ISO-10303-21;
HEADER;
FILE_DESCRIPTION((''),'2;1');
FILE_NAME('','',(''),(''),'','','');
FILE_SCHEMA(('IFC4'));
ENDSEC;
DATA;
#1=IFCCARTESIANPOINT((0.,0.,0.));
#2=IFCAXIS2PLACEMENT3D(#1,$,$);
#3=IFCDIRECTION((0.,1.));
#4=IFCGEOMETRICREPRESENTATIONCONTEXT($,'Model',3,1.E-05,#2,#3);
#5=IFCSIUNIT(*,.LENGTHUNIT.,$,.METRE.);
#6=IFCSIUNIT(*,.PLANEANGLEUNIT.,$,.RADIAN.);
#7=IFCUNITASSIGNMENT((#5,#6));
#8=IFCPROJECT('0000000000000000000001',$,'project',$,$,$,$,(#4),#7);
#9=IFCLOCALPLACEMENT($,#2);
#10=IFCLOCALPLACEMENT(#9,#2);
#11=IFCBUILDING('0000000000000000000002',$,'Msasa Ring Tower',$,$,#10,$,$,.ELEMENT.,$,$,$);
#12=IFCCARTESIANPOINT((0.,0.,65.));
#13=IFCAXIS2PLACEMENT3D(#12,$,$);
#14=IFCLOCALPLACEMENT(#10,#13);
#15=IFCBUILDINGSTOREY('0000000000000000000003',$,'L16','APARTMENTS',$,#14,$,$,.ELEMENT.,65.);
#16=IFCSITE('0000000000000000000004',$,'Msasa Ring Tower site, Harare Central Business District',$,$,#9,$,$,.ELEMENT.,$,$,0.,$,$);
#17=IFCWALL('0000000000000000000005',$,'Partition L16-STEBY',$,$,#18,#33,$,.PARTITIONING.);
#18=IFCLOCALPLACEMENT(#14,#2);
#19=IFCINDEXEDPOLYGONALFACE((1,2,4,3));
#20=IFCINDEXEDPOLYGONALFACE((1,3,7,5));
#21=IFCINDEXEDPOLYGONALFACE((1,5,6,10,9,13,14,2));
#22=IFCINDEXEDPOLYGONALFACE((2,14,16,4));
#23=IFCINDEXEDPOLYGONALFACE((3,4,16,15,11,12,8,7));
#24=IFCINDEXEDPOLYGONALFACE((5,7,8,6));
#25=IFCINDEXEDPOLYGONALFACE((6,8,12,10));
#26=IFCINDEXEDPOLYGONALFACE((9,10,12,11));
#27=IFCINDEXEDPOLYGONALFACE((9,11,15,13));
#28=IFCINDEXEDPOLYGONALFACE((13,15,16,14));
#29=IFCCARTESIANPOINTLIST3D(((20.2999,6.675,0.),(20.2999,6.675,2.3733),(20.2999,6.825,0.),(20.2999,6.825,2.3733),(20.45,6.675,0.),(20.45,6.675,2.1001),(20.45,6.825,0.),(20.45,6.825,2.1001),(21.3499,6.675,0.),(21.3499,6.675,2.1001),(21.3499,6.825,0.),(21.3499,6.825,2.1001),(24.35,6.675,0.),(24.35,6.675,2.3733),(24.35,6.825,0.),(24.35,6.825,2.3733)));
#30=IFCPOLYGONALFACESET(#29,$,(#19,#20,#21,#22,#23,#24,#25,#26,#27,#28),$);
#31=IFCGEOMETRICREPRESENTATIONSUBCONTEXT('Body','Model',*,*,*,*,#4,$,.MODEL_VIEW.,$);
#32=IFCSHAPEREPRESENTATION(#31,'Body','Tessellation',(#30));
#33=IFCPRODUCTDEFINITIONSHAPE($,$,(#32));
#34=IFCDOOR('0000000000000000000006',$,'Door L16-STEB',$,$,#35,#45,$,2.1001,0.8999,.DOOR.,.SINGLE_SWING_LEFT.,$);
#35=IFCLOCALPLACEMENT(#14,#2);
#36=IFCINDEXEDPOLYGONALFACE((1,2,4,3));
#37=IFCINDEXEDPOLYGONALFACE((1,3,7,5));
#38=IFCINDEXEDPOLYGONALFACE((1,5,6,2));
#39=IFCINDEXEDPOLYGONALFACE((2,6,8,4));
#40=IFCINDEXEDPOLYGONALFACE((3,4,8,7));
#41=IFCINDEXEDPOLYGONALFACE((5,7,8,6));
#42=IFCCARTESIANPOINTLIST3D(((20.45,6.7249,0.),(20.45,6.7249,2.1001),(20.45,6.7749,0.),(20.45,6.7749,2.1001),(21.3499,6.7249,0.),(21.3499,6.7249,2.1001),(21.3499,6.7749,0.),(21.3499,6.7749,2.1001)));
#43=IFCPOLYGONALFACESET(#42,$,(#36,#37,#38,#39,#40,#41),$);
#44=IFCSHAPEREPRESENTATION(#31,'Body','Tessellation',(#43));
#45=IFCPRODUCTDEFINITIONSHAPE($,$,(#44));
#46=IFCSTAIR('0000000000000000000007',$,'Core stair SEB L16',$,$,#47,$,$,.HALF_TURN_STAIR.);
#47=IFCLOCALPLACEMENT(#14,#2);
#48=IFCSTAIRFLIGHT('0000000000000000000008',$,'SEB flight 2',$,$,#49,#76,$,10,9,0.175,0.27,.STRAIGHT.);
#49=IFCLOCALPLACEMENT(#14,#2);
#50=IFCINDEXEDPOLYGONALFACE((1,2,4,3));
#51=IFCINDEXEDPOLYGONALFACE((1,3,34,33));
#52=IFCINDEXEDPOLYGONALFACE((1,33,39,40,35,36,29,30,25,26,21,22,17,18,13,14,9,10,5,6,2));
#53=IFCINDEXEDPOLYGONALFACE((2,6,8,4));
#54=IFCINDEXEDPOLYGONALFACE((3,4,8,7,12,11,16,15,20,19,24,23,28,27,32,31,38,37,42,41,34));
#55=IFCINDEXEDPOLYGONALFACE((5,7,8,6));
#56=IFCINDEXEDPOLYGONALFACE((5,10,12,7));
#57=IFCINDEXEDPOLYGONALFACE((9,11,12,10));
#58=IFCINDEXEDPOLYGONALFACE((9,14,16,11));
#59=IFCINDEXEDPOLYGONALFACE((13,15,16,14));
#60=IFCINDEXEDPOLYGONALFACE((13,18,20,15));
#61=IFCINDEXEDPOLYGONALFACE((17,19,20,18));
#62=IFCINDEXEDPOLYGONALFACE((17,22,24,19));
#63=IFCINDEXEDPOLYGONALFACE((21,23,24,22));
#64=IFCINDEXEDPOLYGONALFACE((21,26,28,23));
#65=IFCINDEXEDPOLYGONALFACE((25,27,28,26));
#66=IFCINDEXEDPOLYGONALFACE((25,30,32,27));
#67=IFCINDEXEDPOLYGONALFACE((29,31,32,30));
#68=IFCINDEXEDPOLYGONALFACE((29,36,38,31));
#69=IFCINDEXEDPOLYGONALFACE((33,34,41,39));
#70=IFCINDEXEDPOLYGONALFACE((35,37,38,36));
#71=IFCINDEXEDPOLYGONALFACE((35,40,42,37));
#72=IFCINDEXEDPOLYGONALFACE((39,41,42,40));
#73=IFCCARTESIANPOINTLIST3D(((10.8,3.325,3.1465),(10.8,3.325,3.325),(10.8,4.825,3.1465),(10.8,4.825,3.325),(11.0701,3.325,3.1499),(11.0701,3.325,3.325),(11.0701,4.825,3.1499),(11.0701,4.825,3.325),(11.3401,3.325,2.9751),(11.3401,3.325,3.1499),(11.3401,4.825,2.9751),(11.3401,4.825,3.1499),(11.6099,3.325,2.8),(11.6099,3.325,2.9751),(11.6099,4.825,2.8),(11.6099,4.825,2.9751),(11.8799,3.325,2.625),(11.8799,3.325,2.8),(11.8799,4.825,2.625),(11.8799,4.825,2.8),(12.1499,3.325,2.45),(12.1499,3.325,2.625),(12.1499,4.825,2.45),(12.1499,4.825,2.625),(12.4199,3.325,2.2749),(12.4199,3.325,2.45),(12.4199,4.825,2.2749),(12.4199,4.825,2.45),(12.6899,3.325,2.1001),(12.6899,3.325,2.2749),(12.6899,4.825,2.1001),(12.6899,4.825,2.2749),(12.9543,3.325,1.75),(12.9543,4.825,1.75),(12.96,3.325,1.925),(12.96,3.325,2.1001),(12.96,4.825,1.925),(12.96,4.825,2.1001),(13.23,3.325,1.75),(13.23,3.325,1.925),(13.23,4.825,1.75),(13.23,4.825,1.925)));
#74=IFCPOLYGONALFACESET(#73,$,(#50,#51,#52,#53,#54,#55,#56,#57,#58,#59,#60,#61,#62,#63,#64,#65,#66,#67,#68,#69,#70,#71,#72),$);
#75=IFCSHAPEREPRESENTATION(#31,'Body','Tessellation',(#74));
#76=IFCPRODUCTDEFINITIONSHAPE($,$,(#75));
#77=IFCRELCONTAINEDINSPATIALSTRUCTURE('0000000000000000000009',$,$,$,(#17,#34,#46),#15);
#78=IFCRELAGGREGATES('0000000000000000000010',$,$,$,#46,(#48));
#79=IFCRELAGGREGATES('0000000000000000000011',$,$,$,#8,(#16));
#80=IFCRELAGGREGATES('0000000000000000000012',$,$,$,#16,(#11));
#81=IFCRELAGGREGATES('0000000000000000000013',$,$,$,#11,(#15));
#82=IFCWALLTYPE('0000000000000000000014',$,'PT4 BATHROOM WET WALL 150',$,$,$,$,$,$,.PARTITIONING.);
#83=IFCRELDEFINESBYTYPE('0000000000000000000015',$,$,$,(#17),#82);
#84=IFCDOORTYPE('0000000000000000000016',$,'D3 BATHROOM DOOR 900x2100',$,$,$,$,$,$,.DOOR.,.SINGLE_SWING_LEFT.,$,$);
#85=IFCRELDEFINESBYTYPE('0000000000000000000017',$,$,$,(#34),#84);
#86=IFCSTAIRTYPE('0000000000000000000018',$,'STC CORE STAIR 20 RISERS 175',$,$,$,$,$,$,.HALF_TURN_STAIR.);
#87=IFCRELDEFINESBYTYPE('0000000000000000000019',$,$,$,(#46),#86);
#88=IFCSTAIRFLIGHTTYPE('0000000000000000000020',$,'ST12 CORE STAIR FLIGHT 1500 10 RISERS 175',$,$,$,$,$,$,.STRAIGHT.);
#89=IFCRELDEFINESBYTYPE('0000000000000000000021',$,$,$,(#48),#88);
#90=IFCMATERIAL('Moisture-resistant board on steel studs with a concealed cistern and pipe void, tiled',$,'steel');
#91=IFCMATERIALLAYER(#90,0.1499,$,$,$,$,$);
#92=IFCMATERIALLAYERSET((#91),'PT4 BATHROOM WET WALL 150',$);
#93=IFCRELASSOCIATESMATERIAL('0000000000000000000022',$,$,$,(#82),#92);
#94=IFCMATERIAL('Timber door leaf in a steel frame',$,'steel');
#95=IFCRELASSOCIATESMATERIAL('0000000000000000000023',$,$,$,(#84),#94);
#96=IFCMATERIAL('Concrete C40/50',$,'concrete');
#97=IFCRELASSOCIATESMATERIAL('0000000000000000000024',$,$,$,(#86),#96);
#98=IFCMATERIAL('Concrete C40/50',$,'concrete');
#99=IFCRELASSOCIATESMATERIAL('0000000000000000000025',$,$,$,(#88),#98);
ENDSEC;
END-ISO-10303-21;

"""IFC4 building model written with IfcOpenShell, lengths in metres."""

from ifc_helpers import new_model, si_unit, direction, frame, frame_2d, origin, place, context, subcontext, project, spatial, polyline, rectangle, outline, extrude, material, layer, layer_set, type_object, element, fill, aggregate, save


model = new_model("IFC4")

# Units and contexts
model_context = context("Model", 3, precision=1e-05, world=origin(), true_north=direction((0.0, 1.0)))
body_context = subcontext(model_context, "Body", "Model", "MODEL_VIEW")
ifc_project = project(units=[si_unit("LENGTHUNIT", "METRE"), si_unit("PLANEANGLEUNIT", "RADIAN")], contexts=[model_context])

# Site, building, storey
site_placement = place(None, origin())
site = spatial("IfcSite", under=ifc_project, at=site_placement, Name="Msasa Ring Tower site, Harare Central Business District", CompositionType="ELEMENT", RefElevation=0.0)
building_placement = place(site_placement, origin())
building = spatial("IfcBuilding", under=site, at=building_placement, Name="Msasa Ring Tower", CompositionType="ELEMENT")
storey_placement = place(building_placement, frame((0.0, 0.0, 65.0)))
storey = spatial("IfcBuildingStorey", under=building, at=storey_placement, Name="L16", Description="APARTMENTS", CompositionType="ELEMENT", Elevation=65.0)

# Wall, opening, door
ifc_material_1 = material(Name="Moisture-resistant board on steel studs with a concealed cistern and pipe void, tiled", Category="steel")
ifc_layer_1 = layer(ifc_material_1, 0.1499)
ifc_layer_set_1 = layer_set([ifc_layer_1], Name="PT4 BATHROOM WET WALL 150")
wall_type_1 = type_object("IfcWallType", Name="PT4 BATHROOM WET WALL 150", PredefinedType="PARTITIONING", material=ifc_layer_set_1)
wall_1_placement = place(storey_placement, frame((20.3, 6.75, 0.0), z_axis=(0.0, 0.0, 1.0), x_axis=(1.0, 0.0, 0.0)))
wall_1 = element("IfcWall", 1, at=wall_1_placement, inside=storey, type_object=wall_type_1, Name="Partition L16-STEBY", PredefinedType="PARTITIONING", context=body_context, shape_type="SweptSolid", body=[
    extrude(rectangle(XDim=4.05, YDim=0.1499, at=frame_2d((2.0249, 0.0))), origin(), (0.0, 0.0, 1.0), 2.3733),
])
opening_1_placement = place(wall_1_placement, frame((0.1499, 0.0, 0.0)))
opening_1 = element("IfcOpeningElement", 2, at=opening_1_placement, cuts=wall_1, PredefinedType="OPENING", context=body_context, shape_type="SweptSolid", body=[
    extrude(rectangle(XDim=0.8999, YDim=2.1001, at=frame_2d((0.45, 1.05))), frame((0.0, 0.085, 0.0), z_axis=(0.0, -1.0, 0.0), x_axis=(1.0, 0.0, 0.0)), (0.0, 0.0, 1.0), 0.1699),
])
ifc_material_2 = material(Name="Timber door leaf in a steel frame", Category="steel")
door_type = type_object("IfcDoorType", Name="D3 BATHROOM DOOR 900x2100", OperationType="SINGLE_SWING_LEFT", PredefinedType="DOOR", material=ifc_material_2)
door_placement = place(opening_1_placement, origin())
door = element("IfcDoor", 3, at=door_placement, inside=storey, type_object=door_type, Name="Door L16-STEB", OperationType="SINGLE_SWING_LEFT", OverallHeight=2.1001, OverallWidth=0.8999, PredefinedType="DOOR", context=body_context, shape_type="SweptSolid", body=[
    extrude(rectangle(XDim=0.8999, YDim=2.1001, at=frame_2d((0.45, 1.05))), frame((0.0, 0.0249, 0.0), z_axis=(0.0, -1.0, 0.0), x_axis=(1.0, 0.0, 0.0)), (0.0, 0.0, 1.0), 0.05),
])
fill(opening_1, door)

# Stair, stair flight
ifc_material_3 = material(Name="Concrete C40/50", Category="concrete")
stair_type = type_object("IfcStairType", Name="STC CORE STAIR 20 RISERS 175", PredefinedType="HALF_TURN_STAIR", material=ifc_material_3)
stair_placement = place(storey_placement, origin())
stair = element("IfcStair", 4, at=stair_placement, inside=storey, type_object=stair_type, Name="Core stair SEB L16", PredefinedType="HALF_TURN_STAIR")
ifc_material_4 = material(Name="Concrete C40/50", Category="concrete")
stair_flight_type = type_object("IfcStairFlightType", Name="ST12 CORE STAIR FLIGHT 1500 10 RISERS 175", PredefinedType="STRAIGHT", material=ifc_material_4)
stair_flight_placement = place(storey_placement, frame((13.23, 4.075, 1.75), z_axis=(0.0, 0.0, 1.0), x_axis=(-1.0, 0.0, 0.0)))
stair_flight = element("IfcStairFlight", 5, at=stair_flight_placement, type_object=stair_flight_type, Name="SEB flight 2", NumberOfRisers=10, NumberOfTreads=9, PredefinedType="STRAIGHT", RiserHeight=0.175, TreadLength=0.27, context=body_context, shape_type="SweptSolid", body=[
    extrude(outline(polyline([(0.0, 0.0), (0.0, 0.175), (0.27, 0.175), (0.27, 0.3501), (0.54, 0.3501), (0.54, 0.5249), (0.8101, 0.5249), (0.8101, 0.7), (1.0801, 0.7), (1.0801, 0.875), (1.3501, 0.875), (1.3501, 1.05), (1.6201, 1.05), (1.6201, 1.2251), (1.8899, 1.2251), (1.8899, 1.3999), (2.1599, 1.3999), (2.1599, 1.575), (2.4299, 1.575), (2.4299, 1.75), (2.4299, 1.3965), (0.2756, 0.0), (0.0, 0.0)])), frame((0.0, 0.75, 0.0), z_axis=(0.0, -1.0, 0.0), x_axis=(1.0, 0.0, 0.0)), (0.0, 0.0, 1.0), 1.5),
])
aggregate(stair, [stair_flight])

save(model, "model.ifc")
